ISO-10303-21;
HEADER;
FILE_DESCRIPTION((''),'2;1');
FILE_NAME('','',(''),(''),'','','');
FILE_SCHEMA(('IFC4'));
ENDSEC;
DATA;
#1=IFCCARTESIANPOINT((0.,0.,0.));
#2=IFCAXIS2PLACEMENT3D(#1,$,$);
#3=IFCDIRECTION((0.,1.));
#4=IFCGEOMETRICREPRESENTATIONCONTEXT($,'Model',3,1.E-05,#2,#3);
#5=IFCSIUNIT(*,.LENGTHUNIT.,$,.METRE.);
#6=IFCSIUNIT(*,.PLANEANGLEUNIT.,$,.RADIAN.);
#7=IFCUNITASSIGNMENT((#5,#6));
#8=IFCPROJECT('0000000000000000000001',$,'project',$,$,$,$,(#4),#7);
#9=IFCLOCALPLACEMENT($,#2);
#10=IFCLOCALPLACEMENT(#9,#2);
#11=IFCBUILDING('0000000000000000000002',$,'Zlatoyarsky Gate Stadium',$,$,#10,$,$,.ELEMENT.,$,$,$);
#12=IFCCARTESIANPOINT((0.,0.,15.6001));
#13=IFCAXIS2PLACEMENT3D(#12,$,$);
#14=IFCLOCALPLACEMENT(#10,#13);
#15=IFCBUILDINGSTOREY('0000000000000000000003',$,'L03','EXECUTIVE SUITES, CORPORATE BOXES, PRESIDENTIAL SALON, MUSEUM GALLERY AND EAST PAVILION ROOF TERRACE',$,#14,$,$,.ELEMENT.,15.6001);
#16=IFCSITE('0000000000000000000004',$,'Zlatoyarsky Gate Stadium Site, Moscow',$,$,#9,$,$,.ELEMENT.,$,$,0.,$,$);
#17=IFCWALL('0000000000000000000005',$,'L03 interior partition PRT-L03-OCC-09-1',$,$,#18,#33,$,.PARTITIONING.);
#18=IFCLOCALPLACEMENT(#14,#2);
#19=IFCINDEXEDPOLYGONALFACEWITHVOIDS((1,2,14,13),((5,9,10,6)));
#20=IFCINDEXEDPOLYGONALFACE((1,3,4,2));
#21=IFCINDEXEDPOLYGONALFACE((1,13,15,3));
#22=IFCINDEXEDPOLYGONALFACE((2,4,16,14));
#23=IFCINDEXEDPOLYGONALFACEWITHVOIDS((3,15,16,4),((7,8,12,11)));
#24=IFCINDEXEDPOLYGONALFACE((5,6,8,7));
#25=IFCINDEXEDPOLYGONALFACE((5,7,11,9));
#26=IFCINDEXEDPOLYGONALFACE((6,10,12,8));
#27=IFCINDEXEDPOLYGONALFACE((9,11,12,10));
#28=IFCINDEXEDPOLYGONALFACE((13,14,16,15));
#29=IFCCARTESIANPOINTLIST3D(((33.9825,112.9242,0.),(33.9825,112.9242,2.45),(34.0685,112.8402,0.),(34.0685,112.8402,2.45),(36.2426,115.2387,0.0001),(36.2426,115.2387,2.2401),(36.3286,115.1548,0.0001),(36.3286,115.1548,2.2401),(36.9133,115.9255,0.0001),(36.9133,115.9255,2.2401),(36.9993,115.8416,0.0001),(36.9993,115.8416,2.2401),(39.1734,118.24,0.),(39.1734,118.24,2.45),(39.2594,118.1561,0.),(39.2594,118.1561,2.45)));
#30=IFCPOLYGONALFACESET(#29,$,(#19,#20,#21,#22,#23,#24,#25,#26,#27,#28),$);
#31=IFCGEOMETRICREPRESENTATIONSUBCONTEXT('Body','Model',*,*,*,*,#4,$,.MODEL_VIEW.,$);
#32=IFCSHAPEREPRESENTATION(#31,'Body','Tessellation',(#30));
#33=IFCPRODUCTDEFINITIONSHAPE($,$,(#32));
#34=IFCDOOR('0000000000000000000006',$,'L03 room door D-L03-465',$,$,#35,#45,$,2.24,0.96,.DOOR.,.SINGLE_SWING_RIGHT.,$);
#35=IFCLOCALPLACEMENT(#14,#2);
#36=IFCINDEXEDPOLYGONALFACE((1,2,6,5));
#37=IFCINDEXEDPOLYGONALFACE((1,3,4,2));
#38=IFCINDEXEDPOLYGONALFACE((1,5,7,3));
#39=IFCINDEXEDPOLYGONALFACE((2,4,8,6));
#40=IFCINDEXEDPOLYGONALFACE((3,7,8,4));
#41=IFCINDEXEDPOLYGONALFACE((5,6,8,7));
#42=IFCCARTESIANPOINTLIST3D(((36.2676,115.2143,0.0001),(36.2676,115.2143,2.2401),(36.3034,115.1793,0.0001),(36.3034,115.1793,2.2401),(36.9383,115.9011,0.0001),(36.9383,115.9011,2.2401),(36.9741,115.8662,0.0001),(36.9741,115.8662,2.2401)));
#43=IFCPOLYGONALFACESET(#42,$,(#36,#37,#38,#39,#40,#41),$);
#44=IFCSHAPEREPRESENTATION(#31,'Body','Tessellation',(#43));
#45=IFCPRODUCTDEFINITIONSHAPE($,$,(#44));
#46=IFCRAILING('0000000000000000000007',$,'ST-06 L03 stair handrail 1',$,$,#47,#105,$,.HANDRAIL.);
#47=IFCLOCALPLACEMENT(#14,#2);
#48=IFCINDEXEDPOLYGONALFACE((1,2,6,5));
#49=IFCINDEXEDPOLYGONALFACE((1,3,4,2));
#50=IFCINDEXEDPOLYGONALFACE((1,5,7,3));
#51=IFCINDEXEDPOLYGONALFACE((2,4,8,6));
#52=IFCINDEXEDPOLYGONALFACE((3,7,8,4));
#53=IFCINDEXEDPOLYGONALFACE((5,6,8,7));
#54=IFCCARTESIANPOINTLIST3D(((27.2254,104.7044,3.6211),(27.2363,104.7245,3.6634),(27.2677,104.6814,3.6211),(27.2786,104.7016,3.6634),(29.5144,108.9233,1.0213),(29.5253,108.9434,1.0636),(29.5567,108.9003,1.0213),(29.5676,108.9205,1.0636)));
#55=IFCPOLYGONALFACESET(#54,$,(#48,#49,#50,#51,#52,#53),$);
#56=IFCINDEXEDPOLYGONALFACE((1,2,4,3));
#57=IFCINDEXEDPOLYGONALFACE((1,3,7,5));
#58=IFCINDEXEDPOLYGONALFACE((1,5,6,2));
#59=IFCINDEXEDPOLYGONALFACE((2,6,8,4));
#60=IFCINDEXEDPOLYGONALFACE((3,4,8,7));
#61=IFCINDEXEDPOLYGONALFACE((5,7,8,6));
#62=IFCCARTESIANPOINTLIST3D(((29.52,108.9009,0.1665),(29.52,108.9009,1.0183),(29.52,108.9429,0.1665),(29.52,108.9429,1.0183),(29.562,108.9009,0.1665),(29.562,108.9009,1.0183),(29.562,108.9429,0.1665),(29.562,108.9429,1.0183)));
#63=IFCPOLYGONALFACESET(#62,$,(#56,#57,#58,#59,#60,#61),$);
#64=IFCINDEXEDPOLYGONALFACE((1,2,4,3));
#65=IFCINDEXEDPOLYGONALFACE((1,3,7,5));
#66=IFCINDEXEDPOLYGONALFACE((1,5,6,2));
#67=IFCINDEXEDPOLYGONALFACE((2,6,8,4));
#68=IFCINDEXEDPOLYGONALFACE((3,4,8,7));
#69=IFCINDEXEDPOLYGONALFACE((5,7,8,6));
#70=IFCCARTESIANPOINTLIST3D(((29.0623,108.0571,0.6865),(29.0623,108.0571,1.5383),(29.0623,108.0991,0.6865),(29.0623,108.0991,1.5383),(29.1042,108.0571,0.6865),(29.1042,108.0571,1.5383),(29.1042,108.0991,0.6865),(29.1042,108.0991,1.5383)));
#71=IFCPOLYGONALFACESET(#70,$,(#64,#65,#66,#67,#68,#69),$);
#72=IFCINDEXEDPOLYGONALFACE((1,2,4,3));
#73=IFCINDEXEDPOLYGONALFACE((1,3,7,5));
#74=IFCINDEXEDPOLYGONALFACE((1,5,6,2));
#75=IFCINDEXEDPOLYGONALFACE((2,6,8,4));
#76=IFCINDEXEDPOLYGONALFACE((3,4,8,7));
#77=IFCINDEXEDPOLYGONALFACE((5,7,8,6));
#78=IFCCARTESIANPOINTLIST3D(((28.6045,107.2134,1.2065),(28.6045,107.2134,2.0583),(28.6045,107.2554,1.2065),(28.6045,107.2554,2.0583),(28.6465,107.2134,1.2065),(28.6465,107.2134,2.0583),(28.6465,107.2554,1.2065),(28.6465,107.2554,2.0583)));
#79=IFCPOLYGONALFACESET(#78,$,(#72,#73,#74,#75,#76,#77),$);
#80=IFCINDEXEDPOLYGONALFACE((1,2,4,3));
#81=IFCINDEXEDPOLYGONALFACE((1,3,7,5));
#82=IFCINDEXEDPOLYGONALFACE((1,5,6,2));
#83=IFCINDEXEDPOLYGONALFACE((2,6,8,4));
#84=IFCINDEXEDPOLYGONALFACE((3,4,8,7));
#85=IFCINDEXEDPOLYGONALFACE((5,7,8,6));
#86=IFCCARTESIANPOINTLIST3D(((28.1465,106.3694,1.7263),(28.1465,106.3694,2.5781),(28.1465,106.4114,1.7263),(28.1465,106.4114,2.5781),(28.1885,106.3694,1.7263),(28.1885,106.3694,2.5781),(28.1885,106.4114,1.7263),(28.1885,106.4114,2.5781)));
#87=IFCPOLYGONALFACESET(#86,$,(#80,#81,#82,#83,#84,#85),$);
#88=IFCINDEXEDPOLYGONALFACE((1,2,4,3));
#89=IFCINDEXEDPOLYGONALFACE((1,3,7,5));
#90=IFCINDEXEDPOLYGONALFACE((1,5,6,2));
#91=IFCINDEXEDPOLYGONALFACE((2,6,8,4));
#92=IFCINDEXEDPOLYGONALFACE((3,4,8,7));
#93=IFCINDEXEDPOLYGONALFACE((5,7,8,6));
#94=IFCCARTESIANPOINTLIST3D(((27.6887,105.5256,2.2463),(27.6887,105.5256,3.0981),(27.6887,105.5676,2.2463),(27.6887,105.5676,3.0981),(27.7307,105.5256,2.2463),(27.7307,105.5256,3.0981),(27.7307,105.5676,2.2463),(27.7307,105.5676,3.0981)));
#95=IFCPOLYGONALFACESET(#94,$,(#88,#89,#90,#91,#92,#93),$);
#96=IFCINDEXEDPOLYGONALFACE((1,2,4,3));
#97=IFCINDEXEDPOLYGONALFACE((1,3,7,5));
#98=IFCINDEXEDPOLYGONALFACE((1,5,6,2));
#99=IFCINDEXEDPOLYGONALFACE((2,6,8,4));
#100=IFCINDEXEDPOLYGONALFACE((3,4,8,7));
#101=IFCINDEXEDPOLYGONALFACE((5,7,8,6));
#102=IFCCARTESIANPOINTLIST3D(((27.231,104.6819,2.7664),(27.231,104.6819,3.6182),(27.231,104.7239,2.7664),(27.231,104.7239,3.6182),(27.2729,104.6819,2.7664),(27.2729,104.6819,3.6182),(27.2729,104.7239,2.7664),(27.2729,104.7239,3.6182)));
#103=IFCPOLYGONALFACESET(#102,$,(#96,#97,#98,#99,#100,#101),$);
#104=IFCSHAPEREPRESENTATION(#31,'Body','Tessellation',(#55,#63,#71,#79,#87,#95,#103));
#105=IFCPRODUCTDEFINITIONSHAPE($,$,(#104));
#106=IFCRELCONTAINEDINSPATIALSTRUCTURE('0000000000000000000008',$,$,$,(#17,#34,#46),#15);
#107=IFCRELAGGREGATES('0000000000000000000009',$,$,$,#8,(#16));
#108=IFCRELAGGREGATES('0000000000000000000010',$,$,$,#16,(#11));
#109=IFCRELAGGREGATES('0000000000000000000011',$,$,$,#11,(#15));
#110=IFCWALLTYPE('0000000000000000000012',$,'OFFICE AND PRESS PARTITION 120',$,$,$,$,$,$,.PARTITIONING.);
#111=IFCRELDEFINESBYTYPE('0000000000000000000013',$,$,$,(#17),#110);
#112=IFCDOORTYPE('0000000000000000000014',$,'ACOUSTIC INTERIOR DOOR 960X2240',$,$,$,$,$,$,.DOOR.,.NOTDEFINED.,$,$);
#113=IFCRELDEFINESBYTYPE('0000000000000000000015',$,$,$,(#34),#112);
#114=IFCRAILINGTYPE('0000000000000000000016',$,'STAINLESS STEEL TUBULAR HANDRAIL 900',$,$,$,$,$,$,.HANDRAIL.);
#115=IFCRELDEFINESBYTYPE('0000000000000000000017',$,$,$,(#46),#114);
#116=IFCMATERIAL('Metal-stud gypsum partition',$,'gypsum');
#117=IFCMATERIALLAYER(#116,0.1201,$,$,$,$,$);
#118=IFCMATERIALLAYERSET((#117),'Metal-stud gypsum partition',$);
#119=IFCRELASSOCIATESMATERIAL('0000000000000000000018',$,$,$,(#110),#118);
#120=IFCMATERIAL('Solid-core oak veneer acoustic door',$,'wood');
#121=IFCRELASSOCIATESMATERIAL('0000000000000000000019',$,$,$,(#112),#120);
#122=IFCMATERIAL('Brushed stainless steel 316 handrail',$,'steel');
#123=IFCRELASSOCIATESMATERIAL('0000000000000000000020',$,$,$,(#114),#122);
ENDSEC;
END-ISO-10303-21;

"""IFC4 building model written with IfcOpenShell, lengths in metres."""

from ifc_helpers import new_model, si_unit, direction, frame, frame_2d, origin, origin_2d, place, context, subcontext, project, spatial, rectangle, extrude, material, layer, layer_set, type_object, element, fill, save


model = new_model("IFC4")

# Units and contexts
model_context = context("Model", 3, precision=1e-05, world=origin(), true_north=direction((0.0, 1.0)))
body_context = subcontext(model_context, "Body", "Model", "MODEL_VIEW")
ifc_project = project(units=[si_unit("LENGTHUNIT", "METRE"), si_unit("PLANEANGLEUNIT", "RADIAN")], contexts=[model_context])

# Site, building, storey
site_placement = place(None, origin())
site = spatial("IfcSite", under=ifc_project, at=site_placement, Name="Zlatoyarsky Gate Stadium Site, Moscow", CompositionType="ELEMENT", RefElevation=0.0)
building_placement = place(site_placement, origin())
building = spatial("IfcBuilding", under=site, at=building_placement, Name="Zlatoyarsky Gate Stadium", CompositionType="ELEMENT")
storey_placement = place(building_placement, frame((0.0, 0.0, 15.6001)))
storey = spatial("IfcBuildingStorey", under=building, at=storey_placement, Name="L03", Description="EXECUTIVE SUITES, CORPORATE BOXES, PRESIDENTIAL SALON, MUSEUM GALLERY AND EAST PAVILION ROOF TERRACE", CompositionType="ELEMENT", Elevation=15.6001)

# Shared definitions
ifc_material_1 = material(Name="Solid-core oak veneer acoustic door", Category="wood")

# Shared definitions
ifc_material_2 = material(Name="Metal-stud gypsum partition", Category="gypsum")

# Wall, opening, door
ifc_layer_1 = layer(ifc_material_2, 0.1201)
ifc_layer_set_1 = layer_set([ifc_layer_1], Name="Metal-stud gypsum partition")
wall_type_1 = type_object("IfcWallType", Name="OFFICE AND PRESS PARTITION 120", PredefinedType="PARTITIONING", material=ifc_layer_set_1)
wall_1_placement = place(storey_placement, frame((39.2163, 118.198, 0.0), z_axis=(0.0, 0.0, 1.0), x_axis=(-0.698645, -0.715469, 0.0)))
wall_1 = element("IfcWall", 1, at=wall_1_placement, inside=storey, type_object=wall_type_1, Name="L03 interior partition PRT-L03-OCC-09-1", PredefinedType="PARTITIONING", context=body_context, shape_type="SweptSolid", body=[
    extrude(rectangle(XDim=7.4299, YDim=0.1201, at=frame_2d((3.7148, 0.0))), origin(), (0.0, 0.0, 1.0), 2.45),
])
opening_1_placement = place(wall_1_placement, frame((3.2349, 0.0, 0.0)))
opening_1 = element("IfcOpeningElement", 2, at=opening_1_placement, cuts=wall_1, PredefinedType="OPENING", context=body_context, shape_type="SweptSolid", body=[
    extrude(rectangle(XDim=0.96, YDim=2.24, at=frame_2d((0.48, 1.1201))), frame((0.0, 0.0701, 0.0), z_axis=(0.0, -1.0, 0.0), x_axis=(1.0, 0.0, 0.0)), (0.0, 0.0, 1.0), 0.1401),
])
door_type_1 = type_object("IfcDoorType", Name="ACOUSTIC INTERIOR DOOR 960X2240", OperationType="NOTDEFINED", PredefinedType="DOOR", material=ifc_material_1)
door_1_placement = place(opening_1_placement, origin())
door_1 = element("IfcDoor", 3, at=door_1_placement, inside=storey, type_object=door_type_1, Name="L03 room door D-L03-465", OperationType="SINGLE_SWING_RIGHT", OverallHeight=2.24, OverallWidth=0.96, PredefinedType="DOOR", context=body_context, shape_type="SweptSolid", body=[
    extrude(rectangle(XDim=0.96, YDim=2.24, at=frame_2d((0.48, 1.1201))), frame((0.0, 0.0249, 0.0), z_axis=(0.0, -1.0, 0.0), x_axis=(1.0, 0.0, 0.0)), (0.0, 0.0, 1.0), 0.05),
])
fill(opening_1, door_1)

# Railing
ifc_material_3 = material(Name="Brushed stainless steel 316 handrail", Category="steel")
railing_type = type_object("IfcRailingType", Name="STAINLESS STEEL TUBULAR HANDRAIL 900", PredefinedType="HANDRAIL", material=ifc_material_3)
railing_placement = place(storey_placement, frame((29.541, 108.9219, 0.1665)))
element("IfcRailing", 4, at=railing_placement, inside=storey, type_object=railing_type, Name="ST-06 L03 stair handrail 1", PredefinedType="HANDRAIL", context=body_context, shape_type="SweptSolid", body=[
    extrude(rectangle(XDim=0.0481, YDim=0.0481, at=origin_2d()), frame((0.0, 0.0, 0.876), z_axis=(-0.419331, -0.772873, 0.476265), x_axis=(0.878962, -0.476891, 0.0)), (0.0, 0.0, 1.0), 5.4587),
    extrude(rectangle(XDim=0.042, YDim=0.042, at=origin_2d()), origin(), (0.0, 0.0, 1.0), 0.8518),
    extrude(rectangle(XDim=0.042, YDim=0.042, at=origin_2d()), frame((-0.4578, -0.8438, 0.52)), (0.0, 0.0, 1.0), 0.8518),
    extrude(rectangle(XDim=0.042, YDim=0.042, at=origin_2d()), frame((-0.9155, -1.6875, 1.04)), (0.0, 0.0, 1.0), 0.8518),
    extrude(rectangle(XDim=0.042, YDim=0.042, at=origin_2d()), frame((-1.3735, -2.5315, 1.5598)), (0.0, 0.0, 1.0), 0.8518),
    extrude(rectangle(XDim=0.042, YDim=0.042, at=origin_2d()), frame((-1.8313, -3.3752, 2.0798)), (0.0, 0.0, 1.0), 0.8518),
    extrude(rectangle(XDim=0.042, YDim=0.042, at=origin_2d()), frame((-2.2891, -4.219, 2.5999)), (0.0, 0.0, 1.0), 0.8518),
])

save(model, "model.ifc")
